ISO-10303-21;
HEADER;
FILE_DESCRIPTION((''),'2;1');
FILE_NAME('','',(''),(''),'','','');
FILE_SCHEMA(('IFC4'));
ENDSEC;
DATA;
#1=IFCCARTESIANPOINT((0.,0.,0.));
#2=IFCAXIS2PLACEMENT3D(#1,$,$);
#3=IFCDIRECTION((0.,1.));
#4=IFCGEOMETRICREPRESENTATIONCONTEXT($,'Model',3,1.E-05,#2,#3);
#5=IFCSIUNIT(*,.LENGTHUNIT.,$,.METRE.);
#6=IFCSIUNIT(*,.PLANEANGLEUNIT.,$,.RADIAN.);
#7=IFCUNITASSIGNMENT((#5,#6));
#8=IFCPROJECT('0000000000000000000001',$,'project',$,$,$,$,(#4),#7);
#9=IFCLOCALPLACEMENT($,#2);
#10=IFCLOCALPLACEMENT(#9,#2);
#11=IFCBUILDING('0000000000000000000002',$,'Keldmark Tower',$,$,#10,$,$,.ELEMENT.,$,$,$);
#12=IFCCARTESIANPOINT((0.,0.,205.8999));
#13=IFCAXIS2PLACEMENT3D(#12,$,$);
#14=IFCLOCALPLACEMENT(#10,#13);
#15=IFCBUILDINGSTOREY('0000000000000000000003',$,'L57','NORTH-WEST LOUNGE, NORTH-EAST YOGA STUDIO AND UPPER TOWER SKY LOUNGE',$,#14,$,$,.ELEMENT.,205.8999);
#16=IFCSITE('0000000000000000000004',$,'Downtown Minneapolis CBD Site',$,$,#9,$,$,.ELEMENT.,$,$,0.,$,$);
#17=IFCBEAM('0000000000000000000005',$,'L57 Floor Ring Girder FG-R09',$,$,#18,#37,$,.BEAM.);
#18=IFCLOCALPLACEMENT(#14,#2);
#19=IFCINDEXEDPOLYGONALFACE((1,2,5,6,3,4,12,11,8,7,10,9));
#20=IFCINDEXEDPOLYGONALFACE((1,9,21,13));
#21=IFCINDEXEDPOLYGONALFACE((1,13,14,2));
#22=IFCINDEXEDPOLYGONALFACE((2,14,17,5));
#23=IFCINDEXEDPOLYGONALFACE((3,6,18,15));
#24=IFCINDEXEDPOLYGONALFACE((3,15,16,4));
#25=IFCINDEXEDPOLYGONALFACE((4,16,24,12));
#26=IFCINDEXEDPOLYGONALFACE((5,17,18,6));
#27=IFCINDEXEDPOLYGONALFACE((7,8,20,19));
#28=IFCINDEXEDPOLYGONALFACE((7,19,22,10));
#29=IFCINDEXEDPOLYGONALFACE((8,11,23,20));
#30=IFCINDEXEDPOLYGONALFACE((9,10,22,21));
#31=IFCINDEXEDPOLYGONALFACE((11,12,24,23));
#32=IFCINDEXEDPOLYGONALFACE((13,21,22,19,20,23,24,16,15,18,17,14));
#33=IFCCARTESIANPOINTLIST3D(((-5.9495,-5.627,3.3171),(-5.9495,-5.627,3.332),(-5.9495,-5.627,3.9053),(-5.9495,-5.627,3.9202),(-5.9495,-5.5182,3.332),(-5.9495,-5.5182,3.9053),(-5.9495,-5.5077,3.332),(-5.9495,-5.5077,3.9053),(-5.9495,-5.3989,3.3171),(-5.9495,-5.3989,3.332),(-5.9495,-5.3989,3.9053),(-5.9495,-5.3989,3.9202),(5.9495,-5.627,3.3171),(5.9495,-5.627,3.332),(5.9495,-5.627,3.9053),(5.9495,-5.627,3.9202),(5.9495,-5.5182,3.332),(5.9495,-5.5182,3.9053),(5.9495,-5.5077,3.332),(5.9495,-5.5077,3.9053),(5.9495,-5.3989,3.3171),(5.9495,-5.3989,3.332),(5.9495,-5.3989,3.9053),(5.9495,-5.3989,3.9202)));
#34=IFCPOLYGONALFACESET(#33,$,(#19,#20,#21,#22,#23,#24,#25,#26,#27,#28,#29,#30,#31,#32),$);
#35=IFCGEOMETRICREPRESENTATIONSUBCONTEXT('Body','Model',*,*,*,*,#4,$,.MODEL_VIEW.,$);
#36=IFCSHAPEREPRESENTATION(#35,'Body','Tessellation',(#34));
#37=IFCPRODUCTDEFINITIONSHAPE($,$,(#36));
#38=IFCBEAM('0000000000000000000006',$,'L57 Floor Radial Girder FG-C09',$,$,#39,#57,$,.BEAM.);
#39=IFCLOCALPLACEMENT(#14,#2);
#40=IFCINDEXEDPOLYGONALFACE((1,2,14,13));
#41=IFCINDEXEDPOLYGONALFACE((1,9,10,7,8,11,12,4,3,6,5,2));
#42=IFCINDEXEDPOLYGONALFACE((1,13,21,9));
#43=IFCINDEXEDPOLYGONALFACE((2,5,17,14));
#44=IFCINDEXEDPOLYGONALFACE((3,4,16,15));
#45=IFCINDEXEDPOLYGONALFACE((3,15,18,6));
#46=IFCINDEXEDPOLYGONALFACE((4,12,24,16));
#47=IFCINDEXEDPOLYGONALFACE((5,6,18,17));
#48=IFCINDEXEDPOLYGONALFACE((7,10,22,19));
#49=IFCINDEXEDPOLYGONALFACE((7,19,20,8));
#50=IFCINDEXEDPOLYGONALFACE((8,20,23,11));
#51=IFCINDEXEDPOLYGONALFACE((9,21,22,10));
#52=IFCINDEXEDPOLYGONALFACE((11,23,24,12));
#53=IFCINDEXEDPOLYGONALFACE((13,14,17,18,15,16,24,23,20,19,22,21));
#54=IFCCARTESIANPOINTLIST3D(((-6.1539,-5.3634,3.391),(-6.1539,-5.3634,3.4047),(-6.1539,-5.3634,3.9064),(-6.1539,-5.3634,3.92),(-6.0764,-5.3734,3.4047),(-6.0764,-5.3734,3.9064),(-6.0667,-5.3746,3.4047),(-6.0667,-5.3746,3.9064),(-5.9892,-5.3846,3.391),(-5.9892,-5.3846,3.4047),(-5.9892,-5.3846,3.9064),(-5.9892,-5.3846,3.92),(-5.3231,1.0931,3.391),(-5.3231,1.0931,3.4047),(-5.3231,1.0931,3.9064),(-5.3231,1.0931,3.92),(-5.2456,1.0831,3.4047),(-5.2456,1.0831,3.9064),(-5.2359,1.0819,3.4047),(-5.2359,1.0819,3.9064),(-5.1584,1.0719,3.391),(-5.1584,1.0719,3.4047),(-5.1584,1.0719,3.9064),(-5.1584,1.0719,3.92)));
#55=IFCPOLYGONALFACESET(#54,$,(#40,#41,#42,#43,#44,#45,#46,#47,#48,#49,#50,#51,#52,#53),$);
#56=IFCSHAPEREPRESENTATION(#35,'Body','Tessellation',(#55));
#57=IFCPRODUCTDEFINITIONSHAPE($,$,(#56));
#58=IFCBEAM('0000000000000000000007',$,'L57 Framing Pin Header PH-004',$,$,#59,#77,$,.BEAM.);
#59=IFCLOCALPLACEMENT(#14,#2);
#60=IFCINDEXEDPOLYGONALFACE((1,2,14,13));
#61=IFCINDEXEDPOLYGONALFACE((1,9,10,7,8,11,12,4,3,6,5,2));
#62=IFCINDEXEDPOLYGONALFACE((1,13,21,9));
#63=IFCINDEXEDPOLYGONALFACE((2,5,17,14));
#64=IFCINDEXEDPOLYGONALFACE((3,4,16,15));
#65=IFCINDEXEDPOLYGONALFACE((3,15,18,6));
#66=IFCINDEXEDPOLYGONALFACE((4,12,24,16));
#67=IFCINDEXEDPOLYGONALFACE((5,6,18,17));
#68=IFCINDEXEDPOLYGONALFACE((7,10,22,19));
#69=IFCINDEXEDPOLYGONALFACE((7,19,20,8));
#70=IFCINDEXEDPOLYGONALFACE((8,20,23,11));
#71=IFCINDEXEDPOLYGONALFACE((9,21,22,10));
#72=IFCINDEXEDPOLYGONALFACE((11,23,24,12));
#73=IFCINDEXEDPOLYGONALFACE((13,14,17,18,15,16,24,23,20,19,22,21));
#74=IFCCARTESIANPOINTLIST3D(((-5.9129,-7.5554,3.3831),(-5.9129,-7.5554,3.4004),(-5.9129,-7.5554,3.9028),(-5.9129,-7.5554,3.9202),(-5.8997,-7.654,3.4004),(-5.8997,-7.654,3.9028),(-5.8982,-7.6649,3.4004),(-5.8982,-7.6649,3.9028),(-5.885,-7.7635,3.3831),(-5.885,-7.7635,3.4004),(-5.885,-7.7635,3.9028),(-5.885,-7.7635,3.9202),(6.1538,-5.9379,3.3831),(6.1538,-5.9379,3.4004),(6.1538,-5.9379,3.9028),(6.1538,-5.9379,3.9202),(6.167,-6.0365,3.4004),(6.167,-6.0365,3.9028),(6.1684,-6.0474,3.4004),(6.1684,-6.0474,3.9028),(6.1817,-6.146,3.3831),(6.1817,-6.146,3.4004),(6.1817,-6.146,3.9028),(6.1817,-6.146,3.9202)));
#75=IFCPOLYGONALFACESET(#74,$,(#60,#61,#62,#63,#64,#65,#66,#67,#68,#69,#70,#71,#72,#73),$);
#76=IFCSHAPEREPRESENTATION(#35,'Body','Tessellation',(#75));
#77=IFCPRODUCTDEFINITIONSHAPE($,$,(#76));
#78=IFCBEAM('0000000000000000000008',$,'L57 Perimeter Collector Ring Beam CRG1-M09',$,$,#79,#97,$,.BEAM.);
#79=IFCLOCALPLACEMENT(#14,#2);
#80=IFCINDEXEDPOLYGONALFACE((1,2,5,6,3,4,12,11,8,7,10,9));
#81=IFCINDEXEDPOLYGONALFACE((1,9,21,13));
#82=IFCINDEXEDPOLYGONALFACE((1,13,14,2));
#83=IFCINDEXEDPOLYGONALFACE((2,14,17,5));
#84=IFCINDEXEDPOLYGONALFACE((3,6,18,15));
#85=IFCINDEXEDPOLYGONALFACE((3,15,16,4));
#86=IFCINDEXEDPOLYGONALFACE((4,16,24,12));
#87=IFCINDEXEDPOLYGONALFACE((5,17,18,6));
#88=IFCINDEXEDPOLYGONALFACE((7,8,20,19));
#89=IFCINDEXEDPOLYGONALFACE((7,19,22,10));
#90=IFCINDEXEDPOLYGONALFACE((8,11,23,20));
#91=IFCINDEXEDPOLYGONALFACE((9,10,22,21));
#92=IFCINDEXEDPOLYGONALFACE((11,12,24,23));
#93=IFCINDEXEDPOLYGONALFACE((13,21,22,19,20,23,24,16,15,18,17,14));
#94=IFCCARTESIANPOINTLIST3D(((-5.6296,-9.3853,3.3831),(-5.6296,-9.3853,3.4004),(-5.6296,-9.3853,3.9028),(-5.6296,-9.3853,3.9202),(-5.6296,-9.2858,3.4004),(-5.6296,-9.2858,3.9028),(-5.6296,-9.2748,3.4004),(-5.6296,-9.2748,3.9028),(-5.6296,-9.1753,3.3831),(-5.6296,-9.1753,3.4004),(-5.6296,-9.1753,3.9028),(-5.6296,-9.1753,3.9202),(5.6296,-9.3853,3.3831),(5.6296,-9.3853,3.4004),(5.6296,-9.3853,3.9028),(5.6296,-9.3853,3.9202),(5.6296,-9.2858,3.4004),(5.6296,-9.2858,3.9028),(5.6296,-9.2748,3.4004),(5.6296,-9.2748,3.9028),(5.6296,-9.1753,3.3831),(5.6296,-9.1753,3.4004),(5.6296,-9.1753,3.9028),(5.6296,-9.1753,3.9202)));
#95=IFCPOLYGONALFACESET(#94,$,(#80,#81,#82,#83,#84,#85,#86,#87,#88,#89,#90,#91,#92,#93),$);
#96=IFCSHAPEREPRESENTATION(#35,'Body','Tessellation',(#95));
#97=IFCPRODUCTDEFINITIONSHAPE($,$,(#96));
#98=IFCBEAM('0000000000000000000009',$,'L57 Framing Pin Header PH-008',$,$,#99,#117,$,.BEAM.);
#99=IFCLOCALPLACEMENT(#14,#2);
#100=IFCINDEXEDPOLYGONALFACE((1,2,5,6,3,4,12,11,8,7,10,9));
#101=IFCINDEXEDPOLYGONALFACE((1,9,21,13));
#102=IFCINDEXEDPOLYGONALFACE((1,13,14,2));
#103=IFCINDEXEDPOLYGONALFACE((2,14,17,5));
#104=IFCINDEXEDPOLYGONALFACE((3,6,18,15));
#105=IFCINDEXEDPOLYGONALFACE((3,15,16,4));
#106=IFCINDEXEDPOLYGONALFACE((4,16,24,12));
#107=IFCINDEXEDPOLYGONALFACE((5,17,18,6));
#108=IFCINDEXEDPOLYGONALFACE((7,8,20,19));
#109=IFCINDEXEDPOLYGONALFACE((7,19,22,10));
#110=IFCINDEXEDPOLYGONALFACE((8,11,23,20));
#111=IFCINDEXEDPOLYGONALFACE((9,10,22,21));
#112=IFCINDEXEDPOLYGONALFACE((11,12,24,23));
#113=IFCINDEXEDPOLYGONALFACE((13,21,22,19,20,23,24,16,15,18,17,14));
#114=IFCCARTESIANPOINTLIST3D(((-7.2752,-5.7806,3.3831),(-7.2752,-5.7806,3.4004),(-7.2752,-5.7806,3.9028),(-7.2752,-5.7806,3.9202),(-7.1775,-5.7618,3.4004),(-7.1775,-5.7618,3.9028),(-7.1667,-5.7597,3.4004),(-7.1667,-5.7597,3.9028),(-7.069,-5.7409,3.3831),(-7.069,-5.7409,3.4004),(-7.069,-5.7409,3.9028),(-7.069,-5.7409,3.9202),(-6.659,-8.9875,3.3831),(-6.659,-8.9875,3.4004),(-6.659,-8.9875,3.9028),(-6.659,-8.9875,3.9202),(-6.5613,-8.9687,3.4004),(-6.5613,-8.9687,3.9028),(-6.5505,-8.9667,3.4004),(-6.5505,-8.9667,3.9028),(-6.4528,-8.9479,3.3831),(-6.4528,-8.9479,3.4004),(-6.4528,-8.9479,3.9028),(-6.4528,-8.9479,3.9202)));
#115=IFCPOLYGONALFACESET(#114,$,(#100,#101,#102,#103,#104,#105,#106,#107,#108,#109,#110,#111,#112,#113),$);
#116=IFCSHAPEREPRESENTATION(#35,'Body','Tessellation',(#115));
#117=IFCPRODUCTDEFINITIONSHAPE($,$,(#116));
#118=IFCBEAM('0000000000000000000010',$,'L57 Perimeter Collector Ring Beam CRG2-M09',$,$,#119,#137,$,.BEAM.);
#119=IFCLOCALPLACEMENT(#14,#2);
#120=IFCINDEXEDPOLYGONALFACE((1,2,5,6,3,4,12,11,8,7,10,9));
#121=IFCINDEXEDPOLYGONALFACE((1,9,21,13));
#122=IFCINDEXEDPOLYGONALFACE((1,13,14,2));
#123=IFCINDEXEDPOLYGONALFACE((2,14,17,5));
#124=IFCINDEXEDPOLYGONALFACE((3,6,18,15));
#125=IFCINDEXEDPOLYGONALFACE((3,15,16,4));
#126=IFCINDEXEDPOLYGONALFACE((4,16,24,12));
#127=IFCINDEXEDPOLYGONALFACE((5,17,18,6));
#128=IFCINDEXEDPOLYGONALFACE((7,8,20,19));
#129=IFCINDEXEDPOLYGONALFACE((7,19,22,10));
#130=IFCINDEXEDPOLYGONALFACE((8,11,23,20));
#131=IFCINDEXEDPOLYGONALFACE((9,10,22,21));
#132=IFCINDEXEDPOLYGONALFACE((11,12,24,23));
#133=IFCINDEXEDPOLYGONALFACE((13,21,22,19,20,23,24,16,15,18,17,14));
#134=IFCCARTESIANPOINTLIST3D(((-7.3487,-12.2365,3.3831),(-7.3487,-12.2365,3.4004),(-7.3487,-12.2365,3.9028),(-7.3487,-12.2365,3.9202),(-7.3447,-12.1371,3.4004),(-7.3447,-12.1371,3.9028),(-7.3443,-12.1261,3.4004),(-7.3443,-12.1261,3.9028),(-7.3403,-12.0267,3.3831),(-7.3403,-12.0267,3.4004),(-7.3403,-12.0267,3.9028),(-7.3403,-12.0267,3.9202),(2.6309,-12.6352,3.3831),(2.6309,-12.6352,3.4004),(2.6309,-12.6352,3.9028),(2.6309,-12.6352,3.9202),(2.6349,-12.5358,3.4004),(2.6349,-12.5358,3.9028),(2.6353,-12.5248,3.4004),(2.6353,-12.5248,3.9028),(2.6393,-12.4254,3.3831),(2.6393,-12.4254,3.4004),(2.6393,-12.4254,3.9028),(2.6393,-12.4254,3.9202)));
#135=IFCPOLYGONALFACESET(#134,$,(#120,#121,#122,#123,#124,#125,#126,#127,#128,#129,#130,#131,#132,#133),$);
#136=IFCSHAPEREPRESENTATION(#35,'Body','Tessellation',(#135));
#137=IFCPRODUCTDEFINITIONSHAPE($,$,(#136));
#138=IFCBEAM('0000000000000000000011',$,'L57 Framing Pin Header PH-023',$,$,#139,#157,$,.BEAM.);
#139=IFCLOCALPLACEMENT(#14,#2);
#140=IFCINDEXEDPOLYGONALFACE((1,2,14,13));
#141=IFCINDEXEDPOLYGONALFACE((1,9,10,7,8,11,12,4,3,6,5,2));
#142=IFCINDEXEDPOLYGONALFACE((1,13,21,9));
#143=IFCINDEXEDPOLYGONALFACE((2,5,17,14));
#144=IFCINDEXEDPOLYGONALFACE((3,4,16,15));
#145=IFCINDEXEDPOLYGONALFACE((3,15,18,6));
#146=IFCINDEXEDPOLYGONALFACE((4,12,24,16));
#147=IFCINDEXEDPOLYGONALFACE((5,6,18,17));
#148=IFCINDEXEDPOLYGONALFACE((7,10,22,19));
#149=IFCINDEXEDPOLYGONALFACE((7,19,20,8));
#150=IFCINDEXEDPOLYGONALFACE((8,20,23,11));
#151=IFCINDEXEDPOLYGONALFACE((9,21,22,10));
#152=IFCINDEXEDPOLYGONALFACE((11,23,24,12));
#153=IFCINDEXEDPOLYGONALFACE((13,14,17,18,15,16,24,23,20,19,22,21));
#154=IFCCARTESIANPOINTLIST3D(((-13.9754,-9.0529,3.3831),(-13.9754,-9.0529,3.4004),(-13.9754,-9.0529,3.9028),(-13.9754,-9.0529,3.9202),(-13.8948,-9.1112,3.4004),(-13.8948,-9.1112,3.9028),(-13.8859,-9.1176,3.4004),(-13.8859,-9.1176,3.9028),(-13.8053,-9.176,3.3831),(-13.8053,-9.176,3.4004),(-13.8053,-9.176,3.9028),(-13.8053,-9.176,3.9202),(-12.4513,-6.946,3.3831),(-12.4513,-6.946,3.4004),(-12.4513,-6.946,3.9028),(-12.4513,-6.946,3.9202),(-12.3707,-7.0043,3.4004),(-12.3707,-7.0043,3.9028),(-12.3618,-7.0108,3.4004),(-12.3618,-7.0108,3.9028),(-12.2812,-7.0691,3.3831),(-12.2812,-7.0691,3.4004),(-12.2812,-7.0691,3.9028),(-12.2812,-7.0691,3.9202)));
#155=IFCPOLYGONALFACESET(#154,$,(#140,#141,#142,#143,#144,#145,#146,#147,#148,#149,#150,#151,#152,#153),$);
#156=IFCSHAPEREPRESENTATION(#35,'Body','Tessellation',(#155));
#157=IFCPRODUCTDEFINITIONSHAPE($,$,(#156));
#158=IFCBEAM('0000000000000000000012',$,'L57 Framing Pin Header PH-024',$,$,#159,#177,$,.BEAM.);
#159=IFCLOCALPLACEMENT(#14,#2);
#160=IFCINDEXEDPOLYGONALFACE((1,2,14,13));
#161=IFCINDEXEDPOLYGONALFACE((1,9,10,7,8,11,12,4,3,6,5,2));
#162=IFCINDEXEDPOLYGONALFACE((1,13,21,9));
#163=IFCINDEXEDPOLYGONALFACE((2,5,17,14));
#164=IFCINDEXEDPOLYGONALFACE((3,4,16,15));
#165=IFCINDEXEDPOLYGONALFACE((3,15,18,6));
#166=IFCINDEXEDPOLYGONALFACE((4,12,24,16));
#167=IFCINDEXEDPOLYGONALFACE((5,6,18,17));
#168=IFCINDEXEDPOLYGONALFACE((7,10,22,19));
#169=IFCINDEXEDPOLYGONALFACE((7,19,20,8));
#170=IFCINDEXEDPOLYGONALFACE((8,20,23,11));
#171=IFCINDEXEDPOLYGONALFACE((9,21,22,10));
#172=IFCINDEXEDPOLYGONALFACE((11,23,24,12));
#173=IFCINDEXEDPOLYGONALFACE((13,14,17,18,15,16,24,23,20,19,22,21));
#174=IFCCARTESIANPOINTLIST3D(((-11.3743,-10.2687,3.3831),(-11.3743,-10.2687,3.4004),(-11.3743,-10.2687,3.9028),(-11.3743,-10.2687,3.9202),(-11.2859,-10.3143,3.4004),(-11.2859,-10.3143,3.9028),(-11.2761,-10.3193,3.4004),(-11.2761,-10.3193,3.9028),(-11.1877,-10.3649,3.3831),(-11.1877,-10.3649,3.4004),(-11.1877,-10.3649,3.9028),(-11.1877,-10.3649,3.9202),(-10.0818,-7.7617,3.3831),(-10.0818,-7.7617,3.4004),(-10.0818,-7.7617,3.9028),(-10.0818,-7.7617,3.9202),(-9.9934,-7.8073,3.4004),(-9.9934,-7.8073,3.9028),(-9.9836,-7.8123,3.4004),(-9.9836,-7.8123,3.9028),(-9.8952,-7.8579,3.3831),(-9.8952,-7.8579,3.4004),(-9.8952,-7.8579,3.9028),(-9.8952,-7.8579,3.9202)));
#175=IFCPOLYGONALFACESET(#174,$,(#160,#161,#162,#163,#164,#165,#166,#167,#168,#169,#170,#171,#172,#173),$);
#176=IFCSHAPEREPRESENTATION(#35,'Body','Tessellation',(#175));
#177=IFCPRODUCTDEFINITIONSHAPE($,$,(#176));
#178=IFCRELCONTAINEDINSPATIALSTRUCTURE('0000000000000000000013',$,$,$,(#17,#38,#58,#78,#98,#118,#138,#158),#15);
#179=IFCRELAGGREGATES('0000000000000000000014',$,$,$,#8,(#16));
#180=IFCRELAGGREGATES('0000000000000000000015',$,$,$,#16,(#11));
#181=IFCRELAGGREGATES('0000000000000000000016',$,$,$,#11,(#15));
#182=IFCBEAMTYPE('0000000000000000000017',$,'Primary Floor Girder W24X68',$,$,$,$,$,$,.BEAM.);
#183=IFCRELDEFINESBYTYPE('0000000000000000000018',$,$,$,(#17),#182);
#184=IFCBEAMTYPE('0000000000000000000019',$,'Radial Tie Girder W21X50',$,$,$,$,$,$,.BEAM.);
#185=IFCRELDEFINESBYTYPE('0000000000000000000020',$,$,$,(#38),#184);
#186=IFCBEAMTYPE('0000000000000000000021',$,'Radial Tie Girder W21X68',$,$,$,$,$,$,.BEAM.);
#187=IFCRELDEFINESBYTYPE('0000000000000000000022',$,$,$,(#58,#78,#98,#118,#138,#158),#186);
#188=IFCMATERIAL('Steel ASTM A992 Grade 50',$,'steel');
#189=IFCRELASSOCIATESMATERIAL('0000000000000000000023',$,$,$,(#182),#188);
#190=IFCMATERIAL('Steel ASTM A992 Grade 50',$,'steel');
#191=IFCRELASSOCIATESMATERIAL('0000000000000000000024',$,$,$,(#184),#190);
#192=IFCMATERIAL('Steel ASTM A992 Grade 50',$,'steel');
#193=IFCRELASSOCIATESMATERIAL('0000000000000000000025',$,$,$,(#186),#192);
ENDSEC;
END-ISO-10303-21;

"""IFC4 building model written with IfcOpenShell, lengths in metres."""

from ifc_helpers import new_model, si_unit, direction, frame, origin, origin_2d, place, context, subcontext, project, spatial, i_section, extrude, material, material_profile, profile_set, type_object, element, save


model = new_model("IFC4")

# Units and contexts
model_context = context("Model", 3, precision=1e-05, world=origin(), true_north=direction((0.0, 1.0)))
body_context = subcontext(model_context, "Body", "Model", "MODEL_VIEW")
ifc_project = project(units=[si_unit("LENGTHUNIT", "METRE"), si_unit("PLANEANGLEUNIT", "RADIAN")], contexts=[model_context])

# Site, building, storey
site_placement = place(None, origin())
site = spatial("IfcSite", under=ifc_project, at=site_placement, Name="Downtown Minneapolis CBD Site", CompositionType="ELEMENT", RefElevation=0.0)
building_placement = place(site_placement, origin())
building = spatial("IfcBuilding", under=site, at=building_placement, Name="Keldmark Tower", CompositionType="ELEMENT")
storey_placement = place(building_placement, frame((0.0, 0.0, 205.8999)))
storey = spatial("IfcBuildingStorey", under=building, at=storey_placement, Name="L57", Description="NORTH-WEST LOUNGE, NORTH-EAST YOGA STUDIO AND UPPER TOWER SKY LOUNGE", CompositionType="ELEMENT", Elevation=205.8999)

# Beams
ifc_material_1 = material(Name="Steel ASTM A992 Grade 50", Category="steel")
ifc_material_profile_1 = material_profile(ifc_material_1, i_section(OverallWidth=0.228, OverallDepth=0.603, WebThickness=0.0105, FlangeThickness=0.0149, at=origin_2d()), Name="W24X68")
ifc_profile_set_1 = profile_set([ifc_material_profile_1], Name="Steel ASTM A992 Grade 50")
beam_type_1 = type_object("IfcBeamType", Name="Primary Floor Girder W24X68", PredefinedType="BEAM", material=ifc_profile_set_1)
beam_1_placement = place(storey_placement, frame((-5.9495, -5.5129, 3.6187), z_axis=(1.0, 0.0, 0.0), x_axis=(0.0, 1.0, 0.0)))
element("IfcBeam", 1, at=beam_1_placement, inside=storey, type_object=beam_type_1, Name="L57 Floor Ring Girder FG-R09", PredefinedType="BEAM", context=body_context, shape_type="SweptSolid", body=[
    extrude(i_section(OverallWidth=0.228, OverallDepth=0.603, WebThickness=0.0105, FlangeThickness=0.0149, at=origin_2d()), origin(), (0.0, 0.0, 1.0), 11.8989),
])
ifc_material_2 = material(Name="Steel ASTM A992 Grade 50", Category="steel")
ifc_material_profile_2 = material_profile(ifc_material_2, i_section(OverallWidth=0.166, OverallDepth=0.5291, WebThickness=0.0098, FlangeThickness=0.0137, at=origin_2d()), Name="W21X50")
ifc_profile_set_2 = profile_set([ifc_material_profile_2], Name="Steel ASTM A992 Grade 50")
beam_type_2 = type_object("IfcBeamType", Name="Radial Tie Girder W21X50", PredefinedType="BEAM", material=ifc_profile_set_2)
beam_2_placement = place(storey_placement, frame((-6.0715, -5.374, 3.6555), z_axis=(0.127625, 0.991822, 0.0), x_axis=(-0.991822, 0.127625, 0.0)))
element("IfcBeam", 2, at=beam_2_placement, inside=storey, type_object=beam_type_2, Name="L57 Floor Radial Girder FG-C09", PredefinedType="BEAM", context=body_context, shape_type="SweptSolid", body=[
    extrude(i_section(OverallWidth=0.166, OverallDepth=0.5291, WebThickness=0.0098, FlangeThickness=0.0137, at=origin_2d()), origin(), (0.0, 0.0, 1.0), 6.5098),
])
ifc_material_3 = material(Name="Steel ASTM A992 Grade 50", Category="steel")
ifc_material_profile_3 = material_profile(ifc_material_3, i_section(OverallWidth=0.21, OverallDepth=0.5371, WebThickness=0.011, FlangeThickness=0.0173, at=origin_2d()), Name="W21X68")
ifc_profile_set_3 = profile_set([ifc_material_profile_3], Name="Steel ASTM A992 Grade 50")
beam_type_3 = type_object("IfcBeamType", Name="Radial Tie Girder W21X68", PredefinedType="BEAM", material=ifc_profile_set_3)
beam_3_placement = place(storey_placement, frame((-5.8989, -7.6594, 3.6516), z_axis=(0.991136, 0.132853, 0.0), x_axis=(-0.132853, 0.991136, 0.0)))
element("IfcBeam", 3, at=beam_3_placement, inside=storey, type_object=beam_type_3, Name="L57 Framing Pin Header PH-004", PredefinedType="BEAM", context=body_context, shape_type="SweptSolid", body=[
    extrude(i_section(OverallWidth=0.21, OverallDepth=0.5371, WebThickness=0.011, FlangeThickness=0.0173, at=origin_2d()), origin(), (0.0, 0.0, 1.0), 12.1746),
])
beam_4_placement = place(storey_placement, frame((-5.6296, -9.2803, 3.6516), z_axis=(1.0, 0.0, 0.0), x_axis=(0.0, 1.0, 0.0)))
element("IfcBeam", 4, at=beam_4_placement, inside=storey, type_object=beam_type_3, Name="L57 Perimeter Collector Ring Beam CRG1-M09", PredefinedType="BEAM", context=body_context, shape_type="SweptSolid", body=[
    extrude(i_section(OverallWidth=0.21, OverallDepth=0.5371, WebThickness=0.011, FlangeThickness=0.0173, at=origin_2d()), origin(), (0.0, 0.0, 1.0), 11.2593),
])
beam_5_placement = place(storey_placement, frame((-7.1721, -5.7607, 3.6516), z_axis=(0.188692, -0.982036, 0.0), x_axis=(0.982036, 0.188692, 0.0)))
element("IfcBeam", 5, at=beam_5_placement, inside=storey, type_object=beam_type_3, Name="L57 Framing Pin Header PH-008", PredefinedType="BEAM", context=body_context, shape_type="SweptSolid", body=[
    extrude(i_section(OverallWidth=0.21, OverallDepth=0.5371, WebThickness=0.011, FlangeThickness=0.0173, at=origin_2d()), origin(), (0.0, 0.0, 1.0), 3.2656),
])
beam_6_placement = place(storey_placement, frame((-7.3445, -12.1316, 3.6516), z_axis=(0.999203, -0.039918, 0.0), x_axis=(0.039918, 0.999203, 0.0)))
element("IfcBeam", 6, at=beam_6_placement, inside=storey, type_object=beam_type_3, Name="L57 Perimeter Collector Ring Beam CRG2-M09", PredefinedType="BEAM", context=body_context, shape_type="SweptSolid", body=[
    extrude(i_section(OverallWidth=0.21, OverallDepth=0.5371, WebThickness=0.011, FlangeThickness=0.0173, at=origin_2d()), origin(), (0.0, 0.0, 1.0), 9.9875),
])
beam_7_placement = place(storey_placement, frame((-12.3662, -7.0076, 3.6516), z_axis=(-0.586121, -0.810223, 0.0), x_axis=(0.810223, -0.586121, 0.0)))
element("IfcBeam", 7, at=beam_7_placement, inside=storey, type_object=beam_type_3, Name="L57 Framing Pin Header PH-023", PredefinedType="BEAM", context=body_context, shape_type="SweptSolid", body=[
    extrude(i_section(OverallWidth=0.21, OverallDepth=0.5371, WebThickness=0.011, FlangeThickness=0.0173, at=origin_2d()), origin(), (0.0, 0.0, 1.0), 2.6003),
])
beam_8_placement = place(storey_placement, frame((-9.9885, -7.8098, 3.6516), z_axis=(-0.458224, -0.888837, 0.0), x_axis=(0.888837, -0.458224, 0.0)))
element("IfcBeam", 8, at=beam_8_placement, inside=storey, type_object=beam_type_3, Name="L57 Framing Pin Header PH-024", PredefinedType="BEAM", context=body_context, shape_type="SweptSolid", body=[
    extrude(i_section(OverallWidth=0.21, OverallDepth=0.5371, WebThickness=0.011, FlangeThickness=0.0173, at=origin_2d()), origin(), (0.0, 0.0, 1.0), 2.8206),
])

save(model, "model.ifc")
